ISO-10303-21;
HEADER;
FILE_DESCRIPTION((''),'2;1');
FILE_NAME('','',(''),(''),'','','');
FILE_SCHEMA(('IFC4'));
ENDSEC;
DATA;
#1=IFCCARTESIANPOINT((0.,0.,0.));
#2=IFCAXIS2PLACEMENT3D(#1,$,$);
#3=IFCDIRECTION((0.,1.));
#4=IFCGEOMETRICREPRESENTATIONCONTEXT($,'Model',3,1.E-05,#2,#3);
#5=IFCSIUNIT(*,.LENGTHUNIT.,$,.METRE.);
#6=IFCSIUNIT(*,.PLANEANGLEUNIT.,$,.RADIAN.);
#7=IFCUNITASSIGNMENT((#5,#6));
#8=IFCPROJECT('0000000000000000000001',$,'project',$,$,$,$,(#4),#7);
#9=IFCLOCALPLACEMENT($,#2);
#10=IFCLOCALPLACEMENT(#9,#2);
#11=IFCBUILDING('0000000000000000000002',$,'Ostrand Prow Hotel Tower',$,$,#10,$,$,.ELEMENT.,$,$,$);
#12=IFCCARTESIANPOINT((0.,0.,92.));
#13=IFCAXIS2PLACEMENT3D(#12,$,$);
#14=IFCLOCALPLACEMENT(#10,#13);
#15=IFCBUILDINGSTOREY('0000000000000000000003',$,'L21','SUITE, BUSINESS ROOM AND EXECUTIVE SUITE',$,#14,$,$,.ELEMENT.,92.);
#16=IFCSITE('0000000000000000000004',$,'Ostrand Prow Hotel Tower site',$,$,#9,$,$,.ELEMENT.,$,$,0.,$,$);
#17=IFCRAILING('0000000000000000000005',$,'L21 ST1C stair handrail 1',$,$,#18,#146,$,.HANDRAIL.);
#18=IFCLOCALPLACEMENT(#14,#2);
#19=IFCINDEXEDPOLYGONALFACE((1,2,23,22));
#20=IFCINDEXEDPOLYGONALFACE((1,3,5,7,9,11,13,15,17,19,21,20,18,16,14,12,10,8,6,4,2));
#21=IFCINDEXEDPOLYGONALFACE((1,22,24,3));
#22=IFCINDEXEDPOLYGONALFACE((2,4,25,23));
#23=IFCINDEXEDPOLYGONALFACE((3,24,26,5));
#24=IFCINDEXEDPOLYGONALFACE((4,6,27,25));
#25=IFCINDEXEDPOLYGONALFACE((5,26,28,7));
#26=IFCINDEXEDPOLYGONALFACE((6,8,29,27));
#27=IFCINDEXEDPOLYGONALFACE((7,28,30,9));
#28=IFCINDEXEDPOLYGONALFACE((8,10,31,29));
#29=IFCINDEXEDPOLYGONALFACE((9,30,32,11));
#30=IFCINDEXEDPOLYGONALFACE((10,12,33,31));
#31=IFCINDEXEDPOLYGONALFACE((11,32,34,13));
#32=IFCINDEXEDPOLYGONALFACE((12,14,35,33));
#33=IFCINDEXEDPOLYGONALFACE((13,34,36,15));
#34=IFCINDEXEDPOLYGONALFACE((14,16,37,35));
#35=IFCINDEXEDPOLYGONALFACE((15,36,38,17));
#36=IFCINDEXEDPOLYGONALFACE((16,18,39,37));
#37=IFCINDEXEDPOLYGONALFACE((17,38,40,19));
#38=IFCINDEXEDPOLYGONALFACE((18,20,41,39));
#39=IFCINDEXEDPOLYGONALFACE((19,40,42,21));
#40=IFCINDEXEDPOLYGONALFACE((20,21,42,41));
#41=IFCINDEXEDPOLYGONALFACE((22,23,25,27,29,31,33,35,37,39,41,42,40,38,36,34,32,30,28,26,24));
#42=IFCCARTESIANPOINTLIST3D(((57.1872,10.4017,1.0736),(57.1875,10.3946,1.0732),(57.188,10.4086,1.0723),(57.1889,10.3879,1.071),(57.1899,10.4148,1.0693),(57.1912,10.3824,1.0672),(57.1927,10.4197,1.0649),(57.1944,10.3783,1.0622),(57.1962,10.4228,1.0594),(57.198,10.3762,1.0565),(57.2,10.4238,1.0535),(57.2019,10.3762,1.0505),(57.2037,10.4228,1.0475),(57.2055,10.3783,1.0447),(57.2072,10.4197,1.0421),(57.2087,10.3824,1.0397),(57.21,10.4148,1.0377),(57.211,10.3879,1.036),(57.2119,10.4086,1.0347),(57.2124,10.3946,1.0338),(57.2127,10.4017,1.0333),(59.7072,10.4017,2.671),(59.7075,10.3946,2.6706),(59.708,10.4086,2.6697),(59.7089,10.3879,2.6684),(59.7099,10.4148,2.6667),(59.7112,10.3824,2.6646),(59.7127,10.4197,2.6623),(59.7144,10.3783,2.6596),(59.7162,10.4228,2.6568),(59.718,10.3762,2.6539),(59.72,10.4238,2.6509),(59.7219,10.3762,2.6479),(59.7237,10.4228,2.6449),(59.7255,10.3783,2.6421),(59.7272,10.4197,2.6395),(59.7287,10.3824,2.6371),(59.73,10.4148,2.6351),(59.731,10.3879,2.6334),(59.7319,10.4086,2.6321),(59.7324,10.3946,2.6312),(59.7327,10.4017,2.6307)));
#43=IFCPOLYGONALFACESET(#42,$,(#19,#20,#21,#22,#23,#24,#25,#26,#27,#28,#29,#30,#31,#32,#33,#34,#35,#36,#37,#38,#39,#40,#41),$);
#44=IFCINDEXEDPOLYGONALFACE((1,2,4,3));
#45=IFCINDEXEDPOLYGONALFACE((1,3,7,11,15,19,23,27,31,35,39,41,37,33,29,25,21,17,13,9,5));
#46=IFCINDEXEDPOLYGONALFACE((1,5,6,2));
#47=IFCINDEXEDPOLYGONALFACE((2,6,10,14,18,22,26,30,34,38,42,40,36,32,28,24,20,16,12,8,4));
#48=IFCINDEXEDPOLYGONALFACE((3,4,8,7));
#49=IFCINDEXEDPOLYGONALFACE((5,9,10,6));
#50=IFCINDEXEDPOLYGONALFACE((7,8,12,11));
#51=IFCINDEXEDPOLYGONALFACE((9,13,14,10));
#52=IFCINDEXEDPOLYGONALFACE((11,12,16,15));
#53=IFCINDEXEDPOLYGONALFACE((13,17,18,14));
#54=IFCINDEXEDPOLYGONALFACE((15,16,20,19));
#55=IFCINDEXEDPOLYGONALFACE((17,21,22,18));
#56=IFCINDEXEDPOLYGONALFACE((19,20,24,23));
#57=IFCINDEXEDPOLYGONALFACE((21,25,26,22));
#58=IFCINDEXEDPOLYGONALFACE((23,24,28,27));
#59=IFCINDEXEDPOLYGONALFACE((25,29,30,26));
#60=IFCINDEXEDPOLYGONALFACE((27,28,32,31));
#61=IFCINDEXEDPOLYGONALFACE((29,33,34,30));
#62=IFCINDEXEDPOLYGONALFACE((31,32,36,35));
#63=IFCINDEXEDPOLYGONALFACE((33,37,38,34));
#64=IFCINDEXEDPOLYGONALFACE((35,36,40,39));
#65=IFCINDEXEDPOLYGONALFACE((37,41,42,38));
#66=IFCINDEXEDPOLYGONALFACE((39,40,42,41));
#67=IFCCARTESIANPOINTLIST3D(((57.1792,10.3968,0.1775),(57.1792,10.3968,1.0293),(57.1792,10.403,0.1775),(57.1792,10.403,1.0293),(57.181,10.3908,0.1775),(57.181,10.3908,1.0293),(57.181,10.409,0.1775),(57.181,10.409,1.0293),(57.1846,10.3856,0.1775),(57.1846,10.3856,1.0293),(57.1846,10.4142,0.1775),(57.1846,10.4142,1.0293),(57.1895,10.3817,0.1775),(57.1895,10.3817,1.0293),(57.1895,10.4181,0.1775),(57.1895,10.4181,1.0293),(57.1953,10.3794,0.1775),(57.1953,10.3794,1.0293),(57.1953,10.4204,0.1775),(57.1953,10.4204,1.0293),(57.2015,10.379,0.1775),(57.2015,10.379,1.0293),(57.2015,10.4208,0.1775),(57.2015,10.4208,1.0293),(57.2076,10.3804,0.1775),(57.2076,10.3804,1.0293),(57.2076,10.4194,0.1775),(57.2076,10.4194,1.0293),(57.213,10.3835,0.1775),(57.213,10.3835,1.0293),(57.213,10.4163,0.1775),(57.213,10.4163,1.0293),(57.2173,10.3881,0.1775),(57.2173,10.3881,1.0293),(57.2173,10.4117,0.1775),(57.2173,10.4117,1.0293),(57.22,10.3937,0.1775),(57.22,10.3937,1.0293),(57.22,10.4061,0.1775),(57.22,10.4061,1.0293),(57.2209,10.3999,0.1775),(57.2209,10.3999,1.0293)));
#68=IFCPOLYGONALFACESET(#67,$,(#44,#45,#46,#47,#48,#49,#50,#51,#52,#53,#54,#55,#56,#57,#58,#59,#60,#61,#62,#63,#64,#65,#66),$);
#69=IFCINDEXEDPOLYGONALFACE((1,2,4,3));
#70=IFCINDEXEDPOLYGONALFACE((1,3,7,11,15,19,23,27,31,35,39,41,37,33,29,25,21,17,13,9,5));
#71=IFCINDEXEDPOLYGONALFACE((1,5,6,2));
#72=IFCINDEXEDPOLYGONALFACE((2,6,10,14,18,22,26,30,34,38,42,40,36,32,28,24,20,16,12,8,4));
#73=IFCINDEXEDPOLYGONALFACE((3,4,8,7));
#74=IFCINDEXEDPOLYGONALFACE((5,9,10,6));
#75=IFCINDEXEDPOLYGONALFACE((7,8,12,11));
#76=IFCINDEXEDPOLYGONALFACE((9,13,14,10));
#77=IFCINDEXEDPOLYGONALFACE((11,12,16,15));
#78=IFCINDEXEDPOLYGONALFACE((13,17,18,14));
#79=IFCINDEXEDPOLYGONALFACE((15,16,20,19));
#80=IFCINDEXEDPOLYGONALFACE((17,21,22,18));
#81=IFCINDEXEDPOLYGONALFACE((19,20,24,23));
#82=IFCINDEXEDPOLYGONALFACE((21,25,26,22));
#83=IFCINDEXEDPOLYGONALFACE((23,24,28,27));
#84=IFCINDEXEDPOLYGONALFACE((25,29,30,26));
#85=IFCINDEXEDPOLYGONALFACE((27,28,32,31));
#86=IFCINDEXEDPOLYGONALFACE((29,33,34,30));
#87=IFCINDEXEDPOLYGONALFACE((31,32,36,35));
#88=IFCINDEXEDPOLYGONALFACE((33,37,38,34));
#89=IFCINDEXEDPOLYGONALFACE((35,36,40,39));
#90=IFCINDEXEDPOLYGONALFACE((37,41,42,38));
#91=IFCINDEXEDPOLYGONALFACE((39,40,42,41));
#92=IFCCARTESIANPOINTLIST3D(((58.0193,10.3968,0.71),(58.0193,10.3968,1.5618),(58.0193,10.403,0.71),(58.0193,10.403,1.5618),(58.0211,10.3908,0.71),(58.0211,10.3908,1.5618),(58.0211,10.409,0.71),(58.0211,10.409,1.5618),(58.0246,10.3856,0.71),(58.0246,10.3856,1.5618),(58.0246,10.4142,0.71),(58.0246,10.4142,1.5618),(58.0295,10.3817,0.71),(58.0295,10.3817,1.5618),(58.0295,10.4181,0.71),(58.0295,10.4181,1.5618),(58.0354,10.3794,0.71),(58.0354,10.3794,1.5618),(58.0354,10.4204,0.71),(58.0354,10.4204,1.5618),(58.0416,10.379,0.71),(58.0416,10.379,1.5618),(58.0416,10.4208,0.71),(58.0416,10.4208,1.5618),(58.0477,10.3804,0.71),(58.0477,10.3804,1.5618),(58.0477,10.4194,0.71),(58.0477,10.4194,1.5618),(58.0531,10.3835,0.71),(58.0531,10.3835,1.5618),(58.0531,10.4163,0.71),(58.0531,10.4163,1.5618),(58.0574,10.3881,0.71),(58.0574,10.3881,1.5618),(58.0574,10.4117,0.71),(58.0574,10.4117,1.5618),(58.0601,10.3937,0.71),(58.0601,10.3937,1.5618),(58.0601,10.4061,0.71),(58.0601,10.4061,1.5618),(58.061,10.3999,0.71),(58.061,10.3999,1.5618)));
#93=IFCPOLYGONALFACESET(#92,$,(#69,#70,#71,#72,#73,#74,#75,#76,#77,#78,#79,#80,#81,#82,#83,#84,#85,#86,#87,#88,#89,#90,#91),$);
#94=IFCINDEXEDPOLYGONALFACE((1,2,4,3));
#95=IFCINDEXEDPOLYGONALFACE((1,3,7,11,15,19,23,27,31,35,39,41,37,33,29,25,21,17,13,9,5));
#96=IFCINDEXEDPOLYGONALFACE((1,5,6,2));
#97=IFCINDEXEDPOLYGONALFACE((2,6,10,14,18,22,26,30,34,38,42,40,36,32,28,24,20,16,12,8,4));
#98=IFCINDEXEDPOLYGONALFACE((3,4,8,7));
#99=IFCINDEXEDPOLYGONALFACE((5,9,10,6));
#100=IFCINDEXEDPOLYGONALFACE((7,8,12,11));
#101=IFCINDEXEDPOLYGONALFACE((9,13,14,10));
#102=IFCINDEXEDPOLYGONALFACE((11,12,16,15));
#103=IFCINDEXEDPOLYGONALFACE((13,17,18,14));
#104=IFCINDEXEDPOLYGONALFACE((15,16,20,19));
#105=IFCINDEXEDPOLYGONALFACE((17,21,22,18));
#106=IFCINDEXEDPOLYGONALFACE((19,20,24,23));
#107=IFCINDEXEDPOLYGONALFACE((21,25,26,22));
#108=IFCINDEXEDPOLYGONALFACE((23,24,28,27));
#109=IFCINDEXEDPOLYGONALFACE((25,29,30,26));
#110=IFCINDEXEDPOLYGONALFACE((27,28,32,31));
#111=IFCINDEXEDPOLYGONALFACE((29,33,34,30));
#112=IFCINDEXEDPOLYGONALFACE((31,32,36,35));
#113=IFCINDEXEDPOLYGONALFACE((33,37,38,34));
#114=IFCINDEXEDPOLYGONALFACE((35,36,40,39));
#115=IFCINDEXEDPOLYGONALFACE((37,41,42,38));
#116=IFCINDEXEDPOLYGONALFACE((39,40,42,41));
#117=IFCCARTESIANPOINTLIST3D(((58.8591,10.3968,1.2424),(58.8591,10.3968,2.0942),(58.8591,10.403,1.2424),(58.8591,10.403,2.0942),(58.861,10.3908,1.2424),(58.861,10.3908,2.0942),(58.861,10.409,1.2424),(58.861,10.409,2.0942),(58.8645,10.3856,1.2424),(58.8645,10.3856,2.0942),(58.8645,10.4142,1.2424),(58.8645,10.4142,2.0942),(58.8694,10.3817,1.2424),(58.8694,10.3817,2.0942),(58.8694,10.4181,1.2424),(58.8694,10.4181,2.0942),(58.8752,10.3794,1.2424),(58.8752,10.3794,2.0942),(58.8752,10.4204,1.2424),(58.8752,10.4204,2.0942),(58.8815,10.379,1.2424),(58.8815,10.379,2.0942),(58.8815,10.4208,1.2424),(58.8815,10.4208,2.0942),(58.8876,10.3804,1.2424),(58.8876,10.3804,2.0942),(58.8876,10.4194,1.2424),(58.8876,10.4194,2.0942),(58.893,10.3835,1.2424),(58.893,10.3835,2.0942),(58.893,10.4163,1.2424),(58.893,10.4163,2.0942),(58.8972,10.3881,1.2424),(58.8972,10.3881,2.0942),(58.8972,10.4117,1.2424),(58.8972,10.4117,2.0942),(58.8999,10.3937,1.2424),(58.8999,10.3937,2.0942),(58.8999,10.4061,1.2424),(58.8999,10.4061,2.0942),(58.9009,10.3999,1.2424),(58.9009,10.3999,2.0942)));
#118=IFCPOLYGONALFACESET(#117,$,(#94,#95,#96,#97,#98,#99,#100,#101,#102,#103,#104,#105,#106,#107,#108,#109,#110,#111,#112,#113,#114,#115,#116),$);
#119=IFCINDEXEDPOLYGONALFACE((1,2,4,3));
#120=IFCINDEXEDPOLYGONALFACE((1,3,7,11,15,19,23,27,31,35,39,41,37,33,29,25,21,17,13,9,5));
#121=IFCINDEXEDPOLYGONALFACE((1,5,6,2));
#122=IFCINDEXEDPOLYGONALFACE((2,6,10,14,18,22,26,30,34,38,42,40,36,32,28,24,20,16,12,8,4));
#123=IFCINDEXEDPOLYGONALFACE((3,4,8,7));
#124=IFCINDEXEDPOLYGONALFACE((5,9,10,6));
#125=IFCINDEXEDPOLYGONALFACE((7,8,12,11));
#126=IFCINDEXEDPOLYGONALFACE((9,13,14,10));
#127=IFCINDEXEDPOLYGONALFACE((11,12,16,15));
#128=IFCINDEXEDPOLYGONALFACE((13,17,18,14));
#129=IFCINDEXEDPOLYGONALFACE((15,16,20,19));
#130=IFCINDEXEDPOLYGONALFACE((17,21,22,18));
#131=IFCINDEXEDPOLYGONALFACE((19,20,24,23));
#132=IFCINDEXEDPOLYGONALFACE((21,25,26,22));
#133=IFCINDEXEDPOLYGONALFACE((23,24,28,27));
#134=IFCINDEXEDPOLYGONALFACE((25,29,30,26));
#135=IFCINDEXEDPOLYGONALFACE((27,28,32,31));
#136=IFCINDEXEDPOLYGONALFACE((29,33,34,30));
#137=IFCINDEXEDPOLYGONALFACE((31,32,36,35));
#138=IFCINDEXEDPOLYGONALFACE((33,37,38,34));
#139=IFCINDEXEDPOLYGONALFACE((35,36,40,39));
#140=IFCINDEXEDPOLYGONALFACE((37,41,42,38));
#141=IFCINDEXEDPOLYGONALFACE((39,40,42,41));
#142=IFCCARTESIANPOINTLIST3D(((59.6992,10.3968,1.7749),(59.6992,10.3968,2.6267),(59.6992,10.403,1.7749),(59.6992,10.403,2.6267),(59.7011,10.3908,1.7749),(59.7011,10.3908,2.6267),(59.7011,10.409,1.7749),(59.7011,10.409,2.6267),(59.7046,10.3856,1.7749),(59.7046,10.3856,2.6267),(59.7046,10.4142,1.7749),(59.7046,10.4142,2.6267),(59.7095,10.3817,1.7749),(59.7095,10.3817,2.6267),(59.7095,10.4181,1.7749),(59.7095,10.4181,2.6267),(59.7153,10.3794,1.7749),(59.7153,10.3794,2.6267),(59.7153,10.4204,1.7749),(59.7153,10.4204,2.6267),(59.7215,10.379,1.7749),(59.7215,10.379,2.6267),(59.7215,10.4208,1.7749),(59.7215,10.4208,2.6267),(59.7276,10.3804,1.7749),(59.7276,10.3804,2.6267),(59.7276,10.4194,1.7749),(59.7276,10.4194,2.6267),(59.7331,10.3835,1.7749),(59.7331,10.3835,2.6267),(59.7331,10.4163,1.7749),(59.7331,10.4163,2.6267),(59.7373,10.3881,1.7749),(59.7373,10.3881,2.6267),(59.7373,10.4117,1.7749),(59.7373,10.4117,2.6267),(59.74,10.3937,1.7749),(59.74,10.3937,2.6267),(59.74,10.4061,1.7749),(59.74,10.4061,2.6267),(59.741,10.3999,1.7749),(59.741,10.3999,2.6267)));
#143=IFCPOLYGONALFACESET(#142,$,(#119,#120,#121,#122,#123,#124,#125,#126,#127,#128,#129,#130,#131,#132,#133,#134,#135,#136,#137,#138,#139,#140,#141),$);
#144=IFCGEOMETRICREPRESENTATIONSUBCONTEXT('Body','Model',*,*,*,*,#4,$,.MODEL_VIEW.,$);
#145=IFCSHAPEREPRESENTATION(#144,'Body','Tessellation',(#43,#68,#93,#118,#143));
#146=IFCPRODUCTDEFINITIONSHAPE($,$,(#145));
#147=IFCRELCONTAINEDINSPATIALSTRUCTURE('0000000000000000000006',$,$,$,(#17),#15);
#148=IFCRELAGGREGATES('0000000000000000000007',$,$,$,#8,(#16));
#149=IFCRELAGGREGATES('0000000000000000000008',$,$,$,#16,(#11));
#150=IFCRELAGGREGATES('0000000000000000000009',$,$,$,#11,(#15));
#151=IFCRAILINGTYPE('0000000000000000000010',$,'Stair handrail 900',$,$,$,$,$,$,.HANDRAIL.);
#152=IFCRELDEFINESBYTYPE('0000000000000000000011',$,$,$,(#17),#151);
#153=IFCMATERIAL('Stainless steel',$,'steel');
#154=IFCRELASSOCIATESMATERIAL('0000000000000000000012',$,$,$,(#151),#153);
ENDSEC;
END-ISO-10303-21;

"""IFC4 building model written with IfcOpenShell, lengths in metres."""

from ifc_helpers import new_model, si_unit, direction, frame, origin, origin_2d, place, context, subcontext, project, spatial, circle, extrude, material, type_object, element, save


model = new_model("IFC4")

# Units and contexts
model_context = context("Model", 3, precision=1e-05, world=origin(), true_north=direction((0.0, 1.0)))
body_context = subcontext(model_context, "Body", "Model", "MODEL_VIEW")
ifc_project = project(units=[si_unit("LENGTHUNIT", "METRE"), si_unit("PLANEANGLEUNIT", "RADIAN")], contexts=[model_context])

# Site, building, storey
site_placement = place(None, origin())
site = spatial("IfcSite", under=ifc_project, at=site_placement, Name="Ostrand Prow Hotel Tower site", CompositionType="ELEMENT", RefElevation=0.0)
building_placement = place(site_placement, origin())
building = spatial("IfcBuilding", under=site, at=building_placement, Name="Ostrand Prow Hotel Tower", CompositionType="ELEMENT")
storey_placement = place(building_placement, frame((0.0, 0.0, 92.0)))
storey = spatial("IfcBuildingStorey", under=building, at=storey_placement, Name="L21", Description="SUITE, BUSINESS ROOM AND EXECUTIVE SUITE", CompositionType="ELEMENT", Elevation=92.0)

# Railing
ifc_material_1 = material(Name="Stainless steel", Category="steel")
railing_type_1 = type_object("IfcRailingType", Name="Stair handrail 900", PredefinedType="HANDRAIL", material=ifc_material_1)
railing_1_placement = place(storey_placement, frame((57.2, 10.3999, 0.1775)))
element("IfcRailing", 1, at=railing_1_placement, inside=storey, type_object=railing_type_1, Name="L21 ST1C stair handrail 1", PredefinedType="HANDRAIL", context=body_context, shape_type="SweptSolid", body=[
    extrude(circle(Radius=0.0239, at=origin_2d()), frame((0.0, 0.0, 0.876), z_axis=(0.844607, 0.0, 0.535387), x_axis=(0.0, 1.0, 0.0)), (0.0, 0.0, 1.0), 2.9836),
    extrude(circle(Radius=0.021, at=origin_2d()), origin(), (0.0, 0.0, 1.0), 0.8518),
    extrude(circle(Radius=0.021, at=origin_2d()), frame((0.8401, 0.0, 0.5325)), (0.0, 0.0, 1.0), 0.8518),
    extrude(circle(Radius=0.021, at=origin_2d()), frame((1.6799, 0.0, 1.0649)), (0.0, 0.0, 1.0), 0.8518),
    extrude(circle(Radius=0.021, at=origin_2d()), frame((2.52, 0.0, 1.5974)), (0.0, 0.0, 1.0), 0.8518),
])

save(model, "model.ifc")
